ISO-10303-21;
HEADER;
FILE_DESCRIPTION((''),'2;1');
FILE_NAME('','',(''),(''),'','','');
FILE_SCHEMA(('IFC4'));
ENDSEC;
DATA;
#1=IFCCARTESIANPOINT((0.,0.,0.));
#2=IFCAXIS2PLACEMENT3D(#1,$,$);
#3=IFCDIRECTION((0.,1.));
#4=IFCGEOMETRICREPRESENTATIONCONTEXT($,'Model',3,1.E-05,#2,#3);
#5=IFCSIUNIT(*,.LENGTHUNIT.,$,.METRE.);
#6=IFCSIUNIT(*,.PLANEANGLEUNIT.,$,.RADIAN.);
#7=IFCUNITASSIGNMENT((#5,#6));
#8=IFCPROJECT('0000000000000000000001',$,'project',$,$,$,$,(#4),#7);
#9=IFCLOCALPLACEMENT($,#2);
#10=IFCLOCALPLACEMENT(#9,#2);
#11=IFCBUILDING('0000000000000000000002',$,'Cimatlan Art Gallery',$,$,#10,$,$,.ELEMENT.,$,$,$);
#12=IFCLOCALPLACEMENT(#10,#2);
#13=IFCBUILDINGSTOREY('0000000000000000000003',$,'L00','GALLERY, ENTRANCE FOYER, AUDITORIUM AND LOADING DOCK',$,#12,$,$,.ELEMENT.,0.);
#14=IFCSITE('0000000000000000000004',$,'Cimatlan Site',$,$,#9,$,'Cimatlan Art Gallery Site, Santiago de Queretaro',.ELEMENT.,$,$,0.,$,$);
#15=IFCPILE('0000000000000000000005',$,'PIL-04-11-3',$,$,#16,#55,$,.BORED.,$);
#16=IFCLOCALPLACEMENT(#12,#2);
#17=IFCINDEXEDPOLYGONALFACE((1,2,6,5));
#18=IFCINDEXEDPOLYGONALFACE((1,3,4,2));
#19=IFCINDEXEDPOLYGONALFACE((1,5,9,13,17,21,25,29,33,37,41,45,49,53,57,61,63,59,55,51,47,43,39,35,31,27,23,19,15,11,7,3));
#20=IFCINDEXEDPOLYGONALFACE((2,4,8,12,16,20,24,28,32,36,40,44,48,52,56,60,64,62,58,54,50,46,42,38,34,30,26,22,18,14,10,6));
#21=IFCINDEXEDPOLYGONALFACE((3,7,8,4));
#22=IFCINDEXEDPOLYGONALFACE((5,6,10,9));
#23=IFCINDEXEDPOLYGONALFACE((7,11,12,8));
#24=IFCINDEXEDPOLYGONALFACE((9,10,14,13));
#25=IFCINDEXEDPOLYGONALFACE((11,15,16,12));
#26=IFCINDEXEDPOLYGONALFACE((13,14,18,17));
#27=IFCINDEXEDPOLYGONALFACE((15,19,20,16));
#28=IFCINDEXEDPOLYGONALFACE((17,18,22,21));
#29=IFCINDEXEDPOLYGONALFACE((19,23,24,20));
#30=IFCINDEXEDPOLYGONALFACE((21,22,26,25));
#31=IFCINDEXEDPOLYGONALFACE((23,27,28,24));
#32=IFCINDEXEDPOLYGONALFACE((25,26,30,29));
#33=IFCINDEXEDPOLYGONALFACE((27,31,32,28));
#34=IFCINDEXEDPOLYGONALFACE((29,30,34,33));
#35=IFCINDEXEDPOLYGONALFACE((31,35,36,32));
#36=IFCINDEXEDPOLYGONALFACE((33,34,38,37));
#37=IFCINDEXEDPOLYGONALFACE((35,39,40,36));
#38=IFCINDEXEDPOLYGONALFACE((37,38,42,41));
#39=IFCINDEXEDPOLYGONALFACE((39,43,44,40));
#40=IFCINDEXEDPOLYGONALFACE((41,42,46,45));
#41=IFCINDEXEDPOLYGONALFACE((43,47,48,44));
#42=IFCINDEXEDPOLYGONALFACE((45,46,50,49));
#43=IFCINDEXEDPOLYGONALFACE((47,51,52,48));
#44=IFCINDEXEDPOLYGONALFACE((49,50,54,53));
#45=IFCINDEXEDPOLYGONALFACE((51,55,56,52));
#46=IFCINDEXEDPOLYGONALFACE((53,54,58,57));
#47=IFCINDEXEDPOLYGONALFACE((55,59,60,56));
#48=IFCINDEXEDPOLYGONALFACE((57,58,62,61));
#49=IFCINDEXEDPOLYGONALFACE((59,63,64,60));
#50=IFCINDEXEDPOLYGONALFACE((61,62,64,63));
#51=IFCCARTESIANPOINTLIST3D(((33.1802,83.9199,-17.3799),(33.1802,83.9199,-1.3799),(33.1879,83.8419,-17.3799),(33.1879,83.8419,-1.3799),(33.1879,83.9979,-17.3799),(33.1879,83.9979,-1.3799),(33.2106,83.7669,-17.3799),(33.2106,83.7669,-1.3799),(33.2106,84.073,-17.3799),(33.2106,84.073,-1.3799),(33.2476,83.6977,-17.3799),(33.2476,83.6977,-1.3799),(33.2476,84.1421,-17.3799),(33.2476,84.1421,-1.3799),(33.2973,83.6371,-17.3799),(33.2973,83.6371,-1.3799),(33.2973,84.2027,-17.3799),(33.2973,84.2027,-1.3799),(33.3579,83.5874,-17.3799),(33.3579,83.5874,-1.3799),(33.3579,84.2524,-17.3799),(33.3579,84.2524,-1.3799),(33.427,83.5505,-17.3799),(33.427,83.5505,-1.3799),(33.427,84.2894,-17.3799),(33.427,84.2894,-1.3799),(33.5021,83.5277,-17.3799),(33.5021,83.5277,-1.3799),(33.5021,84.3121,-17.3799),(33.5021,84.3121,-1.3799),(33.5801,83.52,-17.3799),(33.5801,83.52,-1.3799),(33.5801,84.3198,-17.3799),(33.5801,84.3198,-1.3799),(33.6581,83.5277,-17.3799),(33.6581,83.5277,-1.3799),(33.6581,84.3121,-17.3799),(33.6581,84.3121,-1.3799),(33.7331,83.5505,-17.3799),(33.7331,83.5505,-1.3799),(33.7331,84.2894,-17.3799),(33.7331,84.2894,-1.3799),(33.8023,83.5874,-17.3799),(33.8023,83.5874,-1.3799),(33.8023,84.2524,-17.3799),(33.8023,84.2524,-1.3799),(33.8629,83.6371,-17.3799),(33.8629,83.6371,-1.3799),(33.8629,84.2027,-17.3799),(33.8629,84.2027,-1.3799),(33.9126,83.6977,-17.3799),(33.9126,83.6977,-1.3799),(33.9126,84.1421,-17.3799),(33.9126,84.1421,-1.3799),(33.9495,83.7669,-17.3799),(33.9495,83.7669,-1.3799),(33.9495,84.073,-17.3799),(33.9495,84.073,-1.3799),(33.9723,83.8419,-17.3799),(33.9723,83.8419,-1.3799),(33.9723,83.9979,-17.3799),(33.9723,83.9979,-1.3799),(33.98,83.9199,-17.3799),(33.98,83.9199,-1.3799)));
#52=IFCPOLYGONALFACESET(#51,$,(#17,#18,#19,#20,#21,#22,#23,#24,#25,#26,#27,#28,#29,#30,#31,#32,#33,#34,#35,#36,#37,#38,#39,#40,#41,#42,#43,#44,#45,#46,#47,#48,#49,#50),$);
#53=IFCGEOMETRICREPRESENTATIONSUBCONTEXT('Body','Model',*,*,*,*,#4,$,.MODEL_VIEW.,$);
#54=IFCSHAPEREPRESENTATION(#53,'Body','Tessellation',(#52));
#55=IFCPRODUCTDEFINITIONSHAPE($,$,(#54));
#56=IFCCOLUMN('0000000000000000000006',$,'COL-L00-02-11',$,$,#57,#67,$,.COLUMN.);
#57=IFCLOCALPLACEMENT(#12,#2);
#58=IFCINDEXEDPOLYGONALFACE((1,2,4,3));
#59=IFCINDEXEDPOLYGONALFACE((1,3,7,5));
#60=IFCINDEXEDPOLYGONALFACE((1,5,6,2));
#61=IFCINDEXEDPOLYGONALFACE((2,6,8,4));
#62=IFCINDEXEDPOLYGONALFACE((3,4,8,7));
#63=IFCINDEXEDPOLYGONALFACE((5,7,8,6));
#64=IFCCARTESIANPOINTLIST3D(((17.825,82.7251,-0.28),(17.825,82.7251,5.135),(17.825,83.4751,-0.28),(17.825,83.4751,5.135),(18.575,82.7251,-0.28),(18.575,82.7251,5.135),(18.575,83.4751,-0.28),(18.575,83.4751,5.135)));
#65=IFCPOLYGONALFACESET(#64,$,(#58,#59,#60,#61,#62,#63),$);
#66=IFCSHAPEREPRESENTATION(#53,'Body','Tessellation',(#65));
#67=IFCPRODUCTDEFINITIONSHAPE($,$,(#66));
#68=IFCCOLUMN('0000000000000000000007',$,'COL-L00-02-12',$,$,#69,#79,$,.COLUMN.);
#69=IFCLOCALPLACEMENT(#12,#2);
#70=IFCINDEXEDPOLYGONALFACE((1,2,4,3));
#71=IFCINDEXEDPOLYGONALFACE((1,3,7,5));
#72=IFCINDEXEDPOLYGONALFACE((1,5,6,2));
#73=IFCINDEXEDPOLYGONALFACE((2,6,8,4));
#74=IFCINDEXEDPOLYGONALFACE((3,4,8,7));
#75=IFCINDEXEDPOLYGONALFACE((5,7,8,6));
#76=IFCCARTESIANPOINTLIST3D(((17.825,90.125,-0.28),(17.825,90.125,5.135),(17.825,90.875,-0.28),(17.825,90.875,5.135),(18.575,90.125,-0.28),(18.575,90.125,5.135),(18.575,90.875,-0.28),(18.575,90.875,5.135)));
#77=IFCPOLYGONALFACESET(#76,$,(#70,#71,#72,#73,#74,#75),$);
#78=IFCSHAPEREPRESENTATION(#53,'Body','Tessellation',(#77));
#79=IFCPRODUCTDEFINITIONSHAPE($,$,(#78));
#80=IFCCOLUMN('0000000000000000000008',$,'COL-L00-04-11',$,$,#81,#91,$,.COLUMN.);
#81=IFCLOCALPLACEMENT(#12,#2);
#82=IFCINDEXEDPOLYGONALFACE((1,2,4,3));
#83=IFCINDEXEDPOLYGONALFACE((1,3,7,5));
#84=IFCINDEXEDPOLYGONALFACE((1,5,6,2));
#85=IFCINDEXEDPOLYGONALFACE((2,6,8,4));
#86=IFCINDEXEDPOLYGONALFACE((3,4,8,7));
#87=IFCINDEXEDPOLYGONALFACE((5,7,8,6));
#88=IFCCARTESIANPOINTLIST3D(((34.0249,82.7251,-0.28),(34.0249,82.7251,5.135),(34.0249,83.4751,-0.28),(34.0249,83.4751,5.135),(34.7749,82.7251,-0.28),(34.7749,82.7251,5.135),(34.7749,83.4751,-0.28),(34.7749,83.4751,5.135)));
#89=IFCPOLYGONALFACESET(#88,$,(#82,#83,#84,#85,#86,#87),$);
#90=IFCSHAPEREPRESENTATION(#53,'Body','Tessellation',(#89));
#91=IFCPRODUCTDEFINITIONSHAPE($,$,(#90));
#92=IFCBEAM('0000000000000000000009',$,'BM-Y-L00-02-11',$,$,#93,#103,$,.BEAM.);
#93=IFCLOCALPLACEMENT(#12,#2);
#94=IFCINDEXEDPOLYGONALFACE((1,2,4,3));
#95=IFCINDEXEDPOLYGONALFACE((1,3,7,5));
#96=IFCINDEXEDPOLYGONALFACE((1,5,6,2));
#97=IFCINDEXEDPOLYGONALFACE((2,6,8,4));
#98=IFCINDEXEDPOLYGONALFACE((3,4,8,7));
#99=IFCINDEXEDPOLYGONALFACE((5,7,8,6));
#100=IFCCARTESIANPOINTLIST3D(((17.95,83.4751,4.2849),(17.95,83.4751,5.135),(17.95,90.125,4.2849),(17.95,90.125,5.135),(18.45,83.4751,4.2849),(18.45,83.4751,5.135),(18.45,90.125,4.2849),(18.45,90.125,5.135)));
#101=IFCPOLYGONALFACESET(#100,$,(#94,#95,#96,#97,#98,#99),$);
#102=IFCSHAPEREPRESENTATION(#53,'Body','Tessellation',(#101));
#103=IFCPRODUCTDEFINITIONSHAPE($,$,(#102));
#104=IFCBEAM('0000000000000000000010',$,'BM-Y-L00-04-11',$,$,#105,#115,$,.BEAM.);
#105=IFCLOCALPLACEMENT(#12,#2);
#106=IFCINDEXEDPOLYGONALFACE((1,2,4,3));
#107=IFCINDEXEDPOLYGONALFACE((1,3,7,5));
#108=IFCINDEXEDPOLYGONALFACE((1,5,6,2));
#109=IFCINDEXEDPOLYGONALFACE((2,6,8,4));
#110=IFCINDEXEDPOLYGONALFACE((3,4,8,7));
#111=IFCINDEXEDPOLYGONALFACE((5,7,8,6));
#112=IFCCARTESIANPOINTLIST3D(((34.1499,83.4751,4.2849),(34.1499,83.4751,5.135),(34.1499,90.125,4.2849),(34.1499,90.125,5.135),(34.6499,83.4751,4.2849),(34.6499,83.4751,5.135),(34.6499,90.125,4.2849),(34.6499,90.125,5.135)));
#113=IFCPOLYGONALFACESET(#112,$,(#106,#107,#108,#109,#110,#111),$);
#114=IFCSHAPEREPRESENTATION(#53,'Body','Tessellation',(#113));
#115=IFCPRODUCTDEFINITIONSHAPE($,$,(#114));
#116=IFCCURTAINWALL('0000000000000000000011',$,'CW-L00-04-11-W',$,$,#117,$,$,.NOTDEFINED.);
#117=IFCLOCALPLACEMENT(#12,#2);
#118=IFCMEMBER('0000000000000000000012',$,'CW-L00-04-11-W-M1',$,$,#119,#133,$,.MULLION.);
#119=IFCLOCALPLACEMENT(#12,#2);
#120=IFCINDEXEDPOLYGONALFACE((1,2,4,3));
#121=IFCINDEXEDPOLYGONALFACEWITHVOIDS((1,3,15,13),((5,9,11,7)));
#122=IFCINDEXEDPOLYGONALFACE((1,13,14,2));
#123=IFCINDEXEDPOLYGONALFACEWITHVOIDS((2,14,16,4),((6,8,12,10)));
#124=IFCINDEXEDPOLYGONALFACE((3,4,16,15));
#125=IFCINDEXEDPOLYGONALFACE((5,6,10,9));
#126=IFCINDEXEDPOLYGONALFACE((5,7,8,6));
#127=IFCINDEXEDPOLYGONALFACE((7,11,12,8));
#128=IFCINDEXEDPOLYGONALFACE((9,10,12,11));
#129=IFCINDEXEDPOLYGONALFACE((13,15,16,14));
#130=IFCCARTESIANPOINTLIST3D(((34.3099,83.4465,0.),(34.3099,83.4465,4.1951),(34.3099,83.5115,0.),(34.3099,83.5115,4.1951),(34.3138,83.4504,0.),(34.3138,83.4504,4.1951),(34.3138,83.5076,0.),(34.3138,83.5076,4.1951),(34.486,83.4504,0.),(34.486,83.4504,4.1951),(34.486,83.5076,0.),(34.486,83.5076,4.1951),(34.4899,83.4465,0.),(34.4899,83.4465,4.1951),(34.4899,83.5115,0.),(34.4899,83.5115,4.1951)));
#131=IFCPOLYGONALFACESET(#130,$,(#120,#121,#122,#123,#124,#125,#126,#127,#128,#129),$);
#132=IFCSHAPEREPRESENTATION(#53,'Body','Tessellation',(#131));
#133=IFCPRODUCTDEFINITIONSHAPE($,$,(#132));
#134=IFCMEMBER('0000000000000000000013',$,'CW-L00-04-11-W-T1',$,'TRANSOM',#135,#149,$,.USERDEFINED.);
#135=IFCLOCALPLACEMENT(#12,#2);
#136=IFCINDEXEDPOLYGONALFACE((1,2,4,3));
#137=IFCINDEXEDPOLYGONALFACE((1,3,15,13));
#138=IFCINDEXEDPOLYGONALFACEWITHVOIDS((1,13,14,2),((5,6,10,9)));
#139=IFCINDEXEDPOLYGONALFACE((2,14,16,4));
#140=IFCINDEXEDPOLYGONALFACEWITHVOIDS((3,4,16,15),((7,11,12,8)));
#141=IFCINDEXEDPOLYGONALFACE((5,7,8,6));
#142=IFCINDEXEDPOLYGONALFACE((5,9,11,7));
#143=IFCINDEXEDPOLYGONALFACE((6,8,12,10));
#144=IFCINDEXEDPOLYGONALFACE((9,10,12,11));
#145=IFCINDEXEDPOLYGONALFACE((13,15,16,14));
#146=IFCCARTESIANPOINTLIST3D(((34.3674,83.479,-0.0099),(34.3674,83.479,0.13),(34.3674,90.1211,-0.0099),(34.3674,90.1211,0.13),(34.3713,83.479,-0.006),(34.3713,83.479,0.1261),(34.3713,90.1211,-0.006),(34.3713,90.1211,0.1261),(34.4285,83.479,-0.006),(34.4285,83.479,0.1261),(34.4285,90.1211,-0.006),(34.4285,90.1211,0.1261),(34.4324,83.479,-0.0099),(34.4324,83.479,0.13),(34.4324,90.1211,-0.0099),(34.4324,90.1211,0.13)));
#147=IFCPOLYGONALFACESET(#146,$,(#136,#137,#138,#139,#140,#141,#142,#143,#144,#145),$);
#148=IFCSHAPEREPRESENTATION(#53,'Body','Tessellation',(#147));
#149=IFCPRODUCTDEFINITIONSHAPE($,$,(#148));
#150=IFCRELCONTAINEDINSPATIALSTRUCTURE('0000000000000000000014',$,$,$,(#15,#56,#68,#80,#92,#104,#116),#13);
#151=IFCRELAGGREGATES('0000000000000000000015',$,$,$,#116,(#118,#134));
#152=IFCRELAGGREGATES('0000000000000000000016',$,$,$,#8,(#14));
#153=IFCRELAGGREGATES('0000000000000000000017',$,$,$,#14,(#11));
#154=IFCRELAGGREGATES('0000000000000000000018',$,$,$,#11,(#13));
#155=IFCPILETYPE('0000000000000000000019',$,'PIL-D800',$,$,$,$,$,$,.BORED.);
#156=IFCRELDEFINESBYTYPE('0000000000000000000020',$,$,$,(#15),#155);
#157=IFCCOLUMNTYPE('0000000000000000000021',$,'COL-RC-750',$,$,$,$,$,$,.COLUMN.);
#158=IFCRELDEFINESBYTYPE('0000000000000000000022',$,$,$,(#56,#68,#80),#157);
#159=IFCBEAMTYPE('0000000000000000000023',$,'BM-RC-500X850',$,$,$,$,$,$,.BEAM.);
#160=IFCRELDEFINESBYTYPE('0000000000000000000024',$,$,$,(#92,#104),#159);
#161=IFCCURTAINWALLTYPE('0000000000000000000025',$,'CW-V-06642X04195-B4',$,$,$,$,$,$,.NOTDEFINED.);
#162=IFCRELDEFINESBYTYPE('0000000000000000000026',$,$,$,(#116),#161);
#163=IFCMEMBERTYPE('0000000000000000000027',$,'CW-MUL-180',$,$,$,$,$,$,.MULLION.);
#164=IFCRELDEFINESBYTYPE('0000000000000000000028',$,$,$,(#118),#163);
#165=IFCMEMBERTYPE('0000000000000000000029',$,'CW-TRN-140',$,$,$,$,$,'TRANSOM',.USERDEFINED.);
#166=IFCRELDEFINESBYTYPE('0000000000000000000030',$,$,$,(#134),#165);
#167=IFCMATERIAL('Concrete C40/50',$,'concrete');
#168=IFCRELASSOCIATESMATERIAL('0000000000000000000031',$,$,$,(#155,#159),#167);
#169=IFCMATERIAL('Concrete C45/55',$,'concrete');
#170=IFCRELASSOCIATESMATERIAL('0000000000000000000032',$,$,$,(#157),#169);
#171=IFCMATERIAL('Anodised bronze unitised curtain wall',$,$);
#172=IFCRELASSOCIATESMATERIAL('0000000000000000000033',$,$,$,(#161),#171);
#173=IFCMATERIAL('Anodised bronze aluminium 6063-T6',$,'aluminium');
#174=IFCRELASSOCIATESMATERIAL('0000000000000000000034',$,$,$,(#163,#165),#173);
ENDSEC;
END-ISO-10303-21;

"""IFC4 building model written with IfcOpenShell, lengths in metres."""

from ifc_helpers import new_model, si_unit, direction, frame, origin, origin_2d, place, context, subcontext, project, spatial, rectangle, hollow_rectangle, circle, extrude, material, material_profile, profile_set, type_object, element, aggregate, save


model = new_model("IFC4")

# Units and contexts
model_context = context("Model", 3, precision=1e-05, world=origin(), true_north=direction((0.0, 1.0)))
body_context = subcontext(model_context, "Body", "Model", "MODEL_VIEW")
ifc_project = project(units=[si_unit("LENGTHUNIT", "METRE"), si_unit("PLANEANGLEUNIT", "RADIAN")], contexts=[model_context])

# Site, building, storey
site_placement = place(None, origin())
site = spatial("IfcSite", under=ifc_project, at=site_placement, Name="Cimatlan Site", LongName="Cimatlan Art Gallery Site, Santiago de Queretaro", CompositionType="ELEMENT", RefElevation=0.0)
building_placement = place(site_placement, origin())
building = spatial("IfcBuilding", under=site, at=building_placement, Name="Cimatlan Art Gallery", CompositionType="ELEMENT")
storey_placement = place(building_placement, origin())
storey = spatial("IfcBuildingStorey", under=building, at=storey_placement, Name="L00", Description="GALLERY, ENTRANCE FOYER, AUDITORIUM AND LOADING DOCK", CompositionType="ELEMENT", Elevation=0.0)

# Shared definitions
ifc_material_1 = material(Name="Concrete C40/50", Category="concrete")

# Pile
pile_type_1 = type_object("IfcPileType", Name="PIL-D800", PredefinedType="BORED", material=ifc_material_1)
for number, where, z_axis, x_axis, name in (
    (1, (33.5801, 83.9199, -1.3799), (0.0, 0.0, -1.0), (1.0, 0.0, 0.0), "PIL-04-11-3"),
):
    element("IfcPile", number, at=place(storey_placement, frame(where, z_axis=z_axis, x_axis=x_axis)), inside=storey, type_object=pile_type_1, Name=name, PredefinedType="BORED", context=body_context, shape_type="SweptSolid", body=[
        extrude(circle(Radius=0.3999, at=origin_2d()), origin(), (0.0, 0.0, 1.0), 16.0),
    ])

# Columns
ifc_material_2 = material(Name="Concrete C45/55", Category="concrete")
ifc_material_profile_1 = material_profile(ifc_material_2, rectangle(XDim=0.75, YDim=0.75, at=origin_2d()), Name="RC750X750")
ifc_profile_set_1 = profile_set([ifc_material_profile_1], Name="Concrete C45/55")
column_type = type_object("IfcColumnType", Name="COL-RC-750", PredefinedType="COLUMN", material=ifc_profile_set_1)
for number, where, z_axis, x_axis, name in (
    (2, (18.2, 83.1001, -0.28), (0.0, 0.0, 1.0), (1.0, 0.0, 0.0), "COL-L00-02-11"),
    (3, (18.2, 90.5, -0.28), (0.0, 0.0, 1.0), (1.0, 0.0, 0.0), "COL-L00-02-12"),
    (4, (34.3999, 83.1001, -0.28), (0.0, 0.0, 1.0), (1.0, 0.0, 0.0), "COL-L00-04-11"),
):
    element("IfcColumn", number, at=place(storey_placement, frame(where, z_axis=z_axis, x_axis=x_axis)), inside=storey, type_object=column_type, Name=name, PredefinedType="COLUMN", context=body_context, shape_type="SweptSolid", body=[
        extrude(rectangle(XDim=0.75, YDim=0.75, at=origin_2d()), origin(), (0.0, 0.0, 1.0), 5.415),
    ])

# Beams
ifc_material_profile_2 = material_profile(ifc_material_1, rectangle(XDim=0.5, YDim=0.8501, at=origin_2d()), Name="RC500X850")
ifc_profile_set_2 = profile_set([ifc_material_profile_2], Name="Concrete C40/50")
beam_type = type_object("IfcBeamType", Name="BM-RC-500X850", PredefinedType="BEAM", material=ifc_profile_set_2)
for number, where, z_axis, x_axis, name in (
    (5, (18.2, 83.4751, 4.71), (0.0, 1.0, 0.0), (-1.0, 0.0, 0.0), "BM-Y-L00-02-11"),
    (6, (34.3999, 83.4751, 4.71), (0.0, 1.0, 0.0), (-1.0, 0.0, 0.0), "BM-Y-L00-04-11"),
):
    element("IfcBeam", number, at=place(storey_placement, frame(where, z_axis=z_axis, x_axis=x_axis)), inside=storey, type_object=beam_type, Name=name, PredefinedType="BEAM", context=body_context, shape_type="SweptSolid", body=[
        extrude(rectangle(XDim=0.5, YDim=0.8501, at=origin_2d()), origin(), (0.0, 0.0, 1.0), 6.6499),
    ])

# Curtain wall, members
ifc_material_3 = material(Name="Anodised bronze unitised curtain wall")
curtain_wall_type = type_object("IfcCurtainWallType", Name="CW-V-06642X04195-B4", PredefinedType="NOTDEFINED", material=ifc_material_3)
curtain_wall_placement = place(storey_placement, origin())
curtain_wall = element("IfcCurtainWall", 7, at=curtain_wall_placement, inside=storey, type_object=curtain_wall_type, Name="CW-L00-04-11-W", PredefinedType="NOTDEFINED")
ifc_material_4 = material(Name="Anodised bronze aluminium 6063-T6", Category="aluminium")
ifc_material_profile_3 = material_profile(ifc_material_4, hollow_rectangle(XDim=0.0649, YDim=0.1799, WallThickness=0.0039, at=origin_2d()), Name="ALU65X180X4")
ifc_profile_set_3 = profile_set([ifc_material_profile_3], Name="Anodised bronze aluminium 6063-T6")
member_type_1 = type_object("IfcMemberType", Name="CW-MUL-180", PredefinedType="MULLION", material=ifc_profile_set_3)
member_1_placement = place(storey_placement, frame((34.3999, 83.479, 0.0), z_axis=(0.0, 0.0, 1.0), x_axis=(0.0, 1.0, 0.0)))
member_1 = element("IfcMember", 8, at=member_1_placement, type_object=member_type_1, Name="CW-L00-04-11-W-M1", PredefinedType="MULLION", context=body_context, shape_type="SweptSolid", body=[
    extrude(hollow_rectangle(XDim=0.0649, YDim=0.1799, WallThickness=0.0039, at=origin_2d()), origin(), (0.0, 0.0, 1.0), 4.1951),
])
ifc_material_profile_4 = material_profile(ifc_material_4, hollow_rectangle(XDim=0.0649, YDim=0.1399, WallThickness=0.0039, at=origin_2d()), Name="ALU65X140X4")
ifc_profile_set_4 = profile_set([ifc_material_profile_4], Name="Anodised bronze aluminium 6063-T6")
member_type_2 = type_object("IfcMemberType", Name="CW-TRN-140", ElementType="TRANSOM", PredefinedType="USERDEFINED", material=ifc_profile_set_4)
member_2_placement = place(storey_placement, frame((34.3999, 83.479, 0.0601), z_axis=(0.0, 1.0, 0.0), x_axis=(-1.0, 0.0, 0.0)))
member_2 = element("IfcMember", 9, at=member_2_placement, type_object=member_type_2, Name="CW-L00-04-11-W-T1", ObjectType="TRANSOM", PredefinedType="USERDEFINED", context=body_context, shape_type="SweptSolid", body=[
    extrude(hollow_rectangle(XDim=0.0649, YDim=0.1399, WallThickness=0.0039, at=origin_2d()), origin(), (0.0, 0.0, 1.0), 6.6421),
])
aggregate(curtain_wall, [member_1, member_2])

save(model, "model.ifc")
